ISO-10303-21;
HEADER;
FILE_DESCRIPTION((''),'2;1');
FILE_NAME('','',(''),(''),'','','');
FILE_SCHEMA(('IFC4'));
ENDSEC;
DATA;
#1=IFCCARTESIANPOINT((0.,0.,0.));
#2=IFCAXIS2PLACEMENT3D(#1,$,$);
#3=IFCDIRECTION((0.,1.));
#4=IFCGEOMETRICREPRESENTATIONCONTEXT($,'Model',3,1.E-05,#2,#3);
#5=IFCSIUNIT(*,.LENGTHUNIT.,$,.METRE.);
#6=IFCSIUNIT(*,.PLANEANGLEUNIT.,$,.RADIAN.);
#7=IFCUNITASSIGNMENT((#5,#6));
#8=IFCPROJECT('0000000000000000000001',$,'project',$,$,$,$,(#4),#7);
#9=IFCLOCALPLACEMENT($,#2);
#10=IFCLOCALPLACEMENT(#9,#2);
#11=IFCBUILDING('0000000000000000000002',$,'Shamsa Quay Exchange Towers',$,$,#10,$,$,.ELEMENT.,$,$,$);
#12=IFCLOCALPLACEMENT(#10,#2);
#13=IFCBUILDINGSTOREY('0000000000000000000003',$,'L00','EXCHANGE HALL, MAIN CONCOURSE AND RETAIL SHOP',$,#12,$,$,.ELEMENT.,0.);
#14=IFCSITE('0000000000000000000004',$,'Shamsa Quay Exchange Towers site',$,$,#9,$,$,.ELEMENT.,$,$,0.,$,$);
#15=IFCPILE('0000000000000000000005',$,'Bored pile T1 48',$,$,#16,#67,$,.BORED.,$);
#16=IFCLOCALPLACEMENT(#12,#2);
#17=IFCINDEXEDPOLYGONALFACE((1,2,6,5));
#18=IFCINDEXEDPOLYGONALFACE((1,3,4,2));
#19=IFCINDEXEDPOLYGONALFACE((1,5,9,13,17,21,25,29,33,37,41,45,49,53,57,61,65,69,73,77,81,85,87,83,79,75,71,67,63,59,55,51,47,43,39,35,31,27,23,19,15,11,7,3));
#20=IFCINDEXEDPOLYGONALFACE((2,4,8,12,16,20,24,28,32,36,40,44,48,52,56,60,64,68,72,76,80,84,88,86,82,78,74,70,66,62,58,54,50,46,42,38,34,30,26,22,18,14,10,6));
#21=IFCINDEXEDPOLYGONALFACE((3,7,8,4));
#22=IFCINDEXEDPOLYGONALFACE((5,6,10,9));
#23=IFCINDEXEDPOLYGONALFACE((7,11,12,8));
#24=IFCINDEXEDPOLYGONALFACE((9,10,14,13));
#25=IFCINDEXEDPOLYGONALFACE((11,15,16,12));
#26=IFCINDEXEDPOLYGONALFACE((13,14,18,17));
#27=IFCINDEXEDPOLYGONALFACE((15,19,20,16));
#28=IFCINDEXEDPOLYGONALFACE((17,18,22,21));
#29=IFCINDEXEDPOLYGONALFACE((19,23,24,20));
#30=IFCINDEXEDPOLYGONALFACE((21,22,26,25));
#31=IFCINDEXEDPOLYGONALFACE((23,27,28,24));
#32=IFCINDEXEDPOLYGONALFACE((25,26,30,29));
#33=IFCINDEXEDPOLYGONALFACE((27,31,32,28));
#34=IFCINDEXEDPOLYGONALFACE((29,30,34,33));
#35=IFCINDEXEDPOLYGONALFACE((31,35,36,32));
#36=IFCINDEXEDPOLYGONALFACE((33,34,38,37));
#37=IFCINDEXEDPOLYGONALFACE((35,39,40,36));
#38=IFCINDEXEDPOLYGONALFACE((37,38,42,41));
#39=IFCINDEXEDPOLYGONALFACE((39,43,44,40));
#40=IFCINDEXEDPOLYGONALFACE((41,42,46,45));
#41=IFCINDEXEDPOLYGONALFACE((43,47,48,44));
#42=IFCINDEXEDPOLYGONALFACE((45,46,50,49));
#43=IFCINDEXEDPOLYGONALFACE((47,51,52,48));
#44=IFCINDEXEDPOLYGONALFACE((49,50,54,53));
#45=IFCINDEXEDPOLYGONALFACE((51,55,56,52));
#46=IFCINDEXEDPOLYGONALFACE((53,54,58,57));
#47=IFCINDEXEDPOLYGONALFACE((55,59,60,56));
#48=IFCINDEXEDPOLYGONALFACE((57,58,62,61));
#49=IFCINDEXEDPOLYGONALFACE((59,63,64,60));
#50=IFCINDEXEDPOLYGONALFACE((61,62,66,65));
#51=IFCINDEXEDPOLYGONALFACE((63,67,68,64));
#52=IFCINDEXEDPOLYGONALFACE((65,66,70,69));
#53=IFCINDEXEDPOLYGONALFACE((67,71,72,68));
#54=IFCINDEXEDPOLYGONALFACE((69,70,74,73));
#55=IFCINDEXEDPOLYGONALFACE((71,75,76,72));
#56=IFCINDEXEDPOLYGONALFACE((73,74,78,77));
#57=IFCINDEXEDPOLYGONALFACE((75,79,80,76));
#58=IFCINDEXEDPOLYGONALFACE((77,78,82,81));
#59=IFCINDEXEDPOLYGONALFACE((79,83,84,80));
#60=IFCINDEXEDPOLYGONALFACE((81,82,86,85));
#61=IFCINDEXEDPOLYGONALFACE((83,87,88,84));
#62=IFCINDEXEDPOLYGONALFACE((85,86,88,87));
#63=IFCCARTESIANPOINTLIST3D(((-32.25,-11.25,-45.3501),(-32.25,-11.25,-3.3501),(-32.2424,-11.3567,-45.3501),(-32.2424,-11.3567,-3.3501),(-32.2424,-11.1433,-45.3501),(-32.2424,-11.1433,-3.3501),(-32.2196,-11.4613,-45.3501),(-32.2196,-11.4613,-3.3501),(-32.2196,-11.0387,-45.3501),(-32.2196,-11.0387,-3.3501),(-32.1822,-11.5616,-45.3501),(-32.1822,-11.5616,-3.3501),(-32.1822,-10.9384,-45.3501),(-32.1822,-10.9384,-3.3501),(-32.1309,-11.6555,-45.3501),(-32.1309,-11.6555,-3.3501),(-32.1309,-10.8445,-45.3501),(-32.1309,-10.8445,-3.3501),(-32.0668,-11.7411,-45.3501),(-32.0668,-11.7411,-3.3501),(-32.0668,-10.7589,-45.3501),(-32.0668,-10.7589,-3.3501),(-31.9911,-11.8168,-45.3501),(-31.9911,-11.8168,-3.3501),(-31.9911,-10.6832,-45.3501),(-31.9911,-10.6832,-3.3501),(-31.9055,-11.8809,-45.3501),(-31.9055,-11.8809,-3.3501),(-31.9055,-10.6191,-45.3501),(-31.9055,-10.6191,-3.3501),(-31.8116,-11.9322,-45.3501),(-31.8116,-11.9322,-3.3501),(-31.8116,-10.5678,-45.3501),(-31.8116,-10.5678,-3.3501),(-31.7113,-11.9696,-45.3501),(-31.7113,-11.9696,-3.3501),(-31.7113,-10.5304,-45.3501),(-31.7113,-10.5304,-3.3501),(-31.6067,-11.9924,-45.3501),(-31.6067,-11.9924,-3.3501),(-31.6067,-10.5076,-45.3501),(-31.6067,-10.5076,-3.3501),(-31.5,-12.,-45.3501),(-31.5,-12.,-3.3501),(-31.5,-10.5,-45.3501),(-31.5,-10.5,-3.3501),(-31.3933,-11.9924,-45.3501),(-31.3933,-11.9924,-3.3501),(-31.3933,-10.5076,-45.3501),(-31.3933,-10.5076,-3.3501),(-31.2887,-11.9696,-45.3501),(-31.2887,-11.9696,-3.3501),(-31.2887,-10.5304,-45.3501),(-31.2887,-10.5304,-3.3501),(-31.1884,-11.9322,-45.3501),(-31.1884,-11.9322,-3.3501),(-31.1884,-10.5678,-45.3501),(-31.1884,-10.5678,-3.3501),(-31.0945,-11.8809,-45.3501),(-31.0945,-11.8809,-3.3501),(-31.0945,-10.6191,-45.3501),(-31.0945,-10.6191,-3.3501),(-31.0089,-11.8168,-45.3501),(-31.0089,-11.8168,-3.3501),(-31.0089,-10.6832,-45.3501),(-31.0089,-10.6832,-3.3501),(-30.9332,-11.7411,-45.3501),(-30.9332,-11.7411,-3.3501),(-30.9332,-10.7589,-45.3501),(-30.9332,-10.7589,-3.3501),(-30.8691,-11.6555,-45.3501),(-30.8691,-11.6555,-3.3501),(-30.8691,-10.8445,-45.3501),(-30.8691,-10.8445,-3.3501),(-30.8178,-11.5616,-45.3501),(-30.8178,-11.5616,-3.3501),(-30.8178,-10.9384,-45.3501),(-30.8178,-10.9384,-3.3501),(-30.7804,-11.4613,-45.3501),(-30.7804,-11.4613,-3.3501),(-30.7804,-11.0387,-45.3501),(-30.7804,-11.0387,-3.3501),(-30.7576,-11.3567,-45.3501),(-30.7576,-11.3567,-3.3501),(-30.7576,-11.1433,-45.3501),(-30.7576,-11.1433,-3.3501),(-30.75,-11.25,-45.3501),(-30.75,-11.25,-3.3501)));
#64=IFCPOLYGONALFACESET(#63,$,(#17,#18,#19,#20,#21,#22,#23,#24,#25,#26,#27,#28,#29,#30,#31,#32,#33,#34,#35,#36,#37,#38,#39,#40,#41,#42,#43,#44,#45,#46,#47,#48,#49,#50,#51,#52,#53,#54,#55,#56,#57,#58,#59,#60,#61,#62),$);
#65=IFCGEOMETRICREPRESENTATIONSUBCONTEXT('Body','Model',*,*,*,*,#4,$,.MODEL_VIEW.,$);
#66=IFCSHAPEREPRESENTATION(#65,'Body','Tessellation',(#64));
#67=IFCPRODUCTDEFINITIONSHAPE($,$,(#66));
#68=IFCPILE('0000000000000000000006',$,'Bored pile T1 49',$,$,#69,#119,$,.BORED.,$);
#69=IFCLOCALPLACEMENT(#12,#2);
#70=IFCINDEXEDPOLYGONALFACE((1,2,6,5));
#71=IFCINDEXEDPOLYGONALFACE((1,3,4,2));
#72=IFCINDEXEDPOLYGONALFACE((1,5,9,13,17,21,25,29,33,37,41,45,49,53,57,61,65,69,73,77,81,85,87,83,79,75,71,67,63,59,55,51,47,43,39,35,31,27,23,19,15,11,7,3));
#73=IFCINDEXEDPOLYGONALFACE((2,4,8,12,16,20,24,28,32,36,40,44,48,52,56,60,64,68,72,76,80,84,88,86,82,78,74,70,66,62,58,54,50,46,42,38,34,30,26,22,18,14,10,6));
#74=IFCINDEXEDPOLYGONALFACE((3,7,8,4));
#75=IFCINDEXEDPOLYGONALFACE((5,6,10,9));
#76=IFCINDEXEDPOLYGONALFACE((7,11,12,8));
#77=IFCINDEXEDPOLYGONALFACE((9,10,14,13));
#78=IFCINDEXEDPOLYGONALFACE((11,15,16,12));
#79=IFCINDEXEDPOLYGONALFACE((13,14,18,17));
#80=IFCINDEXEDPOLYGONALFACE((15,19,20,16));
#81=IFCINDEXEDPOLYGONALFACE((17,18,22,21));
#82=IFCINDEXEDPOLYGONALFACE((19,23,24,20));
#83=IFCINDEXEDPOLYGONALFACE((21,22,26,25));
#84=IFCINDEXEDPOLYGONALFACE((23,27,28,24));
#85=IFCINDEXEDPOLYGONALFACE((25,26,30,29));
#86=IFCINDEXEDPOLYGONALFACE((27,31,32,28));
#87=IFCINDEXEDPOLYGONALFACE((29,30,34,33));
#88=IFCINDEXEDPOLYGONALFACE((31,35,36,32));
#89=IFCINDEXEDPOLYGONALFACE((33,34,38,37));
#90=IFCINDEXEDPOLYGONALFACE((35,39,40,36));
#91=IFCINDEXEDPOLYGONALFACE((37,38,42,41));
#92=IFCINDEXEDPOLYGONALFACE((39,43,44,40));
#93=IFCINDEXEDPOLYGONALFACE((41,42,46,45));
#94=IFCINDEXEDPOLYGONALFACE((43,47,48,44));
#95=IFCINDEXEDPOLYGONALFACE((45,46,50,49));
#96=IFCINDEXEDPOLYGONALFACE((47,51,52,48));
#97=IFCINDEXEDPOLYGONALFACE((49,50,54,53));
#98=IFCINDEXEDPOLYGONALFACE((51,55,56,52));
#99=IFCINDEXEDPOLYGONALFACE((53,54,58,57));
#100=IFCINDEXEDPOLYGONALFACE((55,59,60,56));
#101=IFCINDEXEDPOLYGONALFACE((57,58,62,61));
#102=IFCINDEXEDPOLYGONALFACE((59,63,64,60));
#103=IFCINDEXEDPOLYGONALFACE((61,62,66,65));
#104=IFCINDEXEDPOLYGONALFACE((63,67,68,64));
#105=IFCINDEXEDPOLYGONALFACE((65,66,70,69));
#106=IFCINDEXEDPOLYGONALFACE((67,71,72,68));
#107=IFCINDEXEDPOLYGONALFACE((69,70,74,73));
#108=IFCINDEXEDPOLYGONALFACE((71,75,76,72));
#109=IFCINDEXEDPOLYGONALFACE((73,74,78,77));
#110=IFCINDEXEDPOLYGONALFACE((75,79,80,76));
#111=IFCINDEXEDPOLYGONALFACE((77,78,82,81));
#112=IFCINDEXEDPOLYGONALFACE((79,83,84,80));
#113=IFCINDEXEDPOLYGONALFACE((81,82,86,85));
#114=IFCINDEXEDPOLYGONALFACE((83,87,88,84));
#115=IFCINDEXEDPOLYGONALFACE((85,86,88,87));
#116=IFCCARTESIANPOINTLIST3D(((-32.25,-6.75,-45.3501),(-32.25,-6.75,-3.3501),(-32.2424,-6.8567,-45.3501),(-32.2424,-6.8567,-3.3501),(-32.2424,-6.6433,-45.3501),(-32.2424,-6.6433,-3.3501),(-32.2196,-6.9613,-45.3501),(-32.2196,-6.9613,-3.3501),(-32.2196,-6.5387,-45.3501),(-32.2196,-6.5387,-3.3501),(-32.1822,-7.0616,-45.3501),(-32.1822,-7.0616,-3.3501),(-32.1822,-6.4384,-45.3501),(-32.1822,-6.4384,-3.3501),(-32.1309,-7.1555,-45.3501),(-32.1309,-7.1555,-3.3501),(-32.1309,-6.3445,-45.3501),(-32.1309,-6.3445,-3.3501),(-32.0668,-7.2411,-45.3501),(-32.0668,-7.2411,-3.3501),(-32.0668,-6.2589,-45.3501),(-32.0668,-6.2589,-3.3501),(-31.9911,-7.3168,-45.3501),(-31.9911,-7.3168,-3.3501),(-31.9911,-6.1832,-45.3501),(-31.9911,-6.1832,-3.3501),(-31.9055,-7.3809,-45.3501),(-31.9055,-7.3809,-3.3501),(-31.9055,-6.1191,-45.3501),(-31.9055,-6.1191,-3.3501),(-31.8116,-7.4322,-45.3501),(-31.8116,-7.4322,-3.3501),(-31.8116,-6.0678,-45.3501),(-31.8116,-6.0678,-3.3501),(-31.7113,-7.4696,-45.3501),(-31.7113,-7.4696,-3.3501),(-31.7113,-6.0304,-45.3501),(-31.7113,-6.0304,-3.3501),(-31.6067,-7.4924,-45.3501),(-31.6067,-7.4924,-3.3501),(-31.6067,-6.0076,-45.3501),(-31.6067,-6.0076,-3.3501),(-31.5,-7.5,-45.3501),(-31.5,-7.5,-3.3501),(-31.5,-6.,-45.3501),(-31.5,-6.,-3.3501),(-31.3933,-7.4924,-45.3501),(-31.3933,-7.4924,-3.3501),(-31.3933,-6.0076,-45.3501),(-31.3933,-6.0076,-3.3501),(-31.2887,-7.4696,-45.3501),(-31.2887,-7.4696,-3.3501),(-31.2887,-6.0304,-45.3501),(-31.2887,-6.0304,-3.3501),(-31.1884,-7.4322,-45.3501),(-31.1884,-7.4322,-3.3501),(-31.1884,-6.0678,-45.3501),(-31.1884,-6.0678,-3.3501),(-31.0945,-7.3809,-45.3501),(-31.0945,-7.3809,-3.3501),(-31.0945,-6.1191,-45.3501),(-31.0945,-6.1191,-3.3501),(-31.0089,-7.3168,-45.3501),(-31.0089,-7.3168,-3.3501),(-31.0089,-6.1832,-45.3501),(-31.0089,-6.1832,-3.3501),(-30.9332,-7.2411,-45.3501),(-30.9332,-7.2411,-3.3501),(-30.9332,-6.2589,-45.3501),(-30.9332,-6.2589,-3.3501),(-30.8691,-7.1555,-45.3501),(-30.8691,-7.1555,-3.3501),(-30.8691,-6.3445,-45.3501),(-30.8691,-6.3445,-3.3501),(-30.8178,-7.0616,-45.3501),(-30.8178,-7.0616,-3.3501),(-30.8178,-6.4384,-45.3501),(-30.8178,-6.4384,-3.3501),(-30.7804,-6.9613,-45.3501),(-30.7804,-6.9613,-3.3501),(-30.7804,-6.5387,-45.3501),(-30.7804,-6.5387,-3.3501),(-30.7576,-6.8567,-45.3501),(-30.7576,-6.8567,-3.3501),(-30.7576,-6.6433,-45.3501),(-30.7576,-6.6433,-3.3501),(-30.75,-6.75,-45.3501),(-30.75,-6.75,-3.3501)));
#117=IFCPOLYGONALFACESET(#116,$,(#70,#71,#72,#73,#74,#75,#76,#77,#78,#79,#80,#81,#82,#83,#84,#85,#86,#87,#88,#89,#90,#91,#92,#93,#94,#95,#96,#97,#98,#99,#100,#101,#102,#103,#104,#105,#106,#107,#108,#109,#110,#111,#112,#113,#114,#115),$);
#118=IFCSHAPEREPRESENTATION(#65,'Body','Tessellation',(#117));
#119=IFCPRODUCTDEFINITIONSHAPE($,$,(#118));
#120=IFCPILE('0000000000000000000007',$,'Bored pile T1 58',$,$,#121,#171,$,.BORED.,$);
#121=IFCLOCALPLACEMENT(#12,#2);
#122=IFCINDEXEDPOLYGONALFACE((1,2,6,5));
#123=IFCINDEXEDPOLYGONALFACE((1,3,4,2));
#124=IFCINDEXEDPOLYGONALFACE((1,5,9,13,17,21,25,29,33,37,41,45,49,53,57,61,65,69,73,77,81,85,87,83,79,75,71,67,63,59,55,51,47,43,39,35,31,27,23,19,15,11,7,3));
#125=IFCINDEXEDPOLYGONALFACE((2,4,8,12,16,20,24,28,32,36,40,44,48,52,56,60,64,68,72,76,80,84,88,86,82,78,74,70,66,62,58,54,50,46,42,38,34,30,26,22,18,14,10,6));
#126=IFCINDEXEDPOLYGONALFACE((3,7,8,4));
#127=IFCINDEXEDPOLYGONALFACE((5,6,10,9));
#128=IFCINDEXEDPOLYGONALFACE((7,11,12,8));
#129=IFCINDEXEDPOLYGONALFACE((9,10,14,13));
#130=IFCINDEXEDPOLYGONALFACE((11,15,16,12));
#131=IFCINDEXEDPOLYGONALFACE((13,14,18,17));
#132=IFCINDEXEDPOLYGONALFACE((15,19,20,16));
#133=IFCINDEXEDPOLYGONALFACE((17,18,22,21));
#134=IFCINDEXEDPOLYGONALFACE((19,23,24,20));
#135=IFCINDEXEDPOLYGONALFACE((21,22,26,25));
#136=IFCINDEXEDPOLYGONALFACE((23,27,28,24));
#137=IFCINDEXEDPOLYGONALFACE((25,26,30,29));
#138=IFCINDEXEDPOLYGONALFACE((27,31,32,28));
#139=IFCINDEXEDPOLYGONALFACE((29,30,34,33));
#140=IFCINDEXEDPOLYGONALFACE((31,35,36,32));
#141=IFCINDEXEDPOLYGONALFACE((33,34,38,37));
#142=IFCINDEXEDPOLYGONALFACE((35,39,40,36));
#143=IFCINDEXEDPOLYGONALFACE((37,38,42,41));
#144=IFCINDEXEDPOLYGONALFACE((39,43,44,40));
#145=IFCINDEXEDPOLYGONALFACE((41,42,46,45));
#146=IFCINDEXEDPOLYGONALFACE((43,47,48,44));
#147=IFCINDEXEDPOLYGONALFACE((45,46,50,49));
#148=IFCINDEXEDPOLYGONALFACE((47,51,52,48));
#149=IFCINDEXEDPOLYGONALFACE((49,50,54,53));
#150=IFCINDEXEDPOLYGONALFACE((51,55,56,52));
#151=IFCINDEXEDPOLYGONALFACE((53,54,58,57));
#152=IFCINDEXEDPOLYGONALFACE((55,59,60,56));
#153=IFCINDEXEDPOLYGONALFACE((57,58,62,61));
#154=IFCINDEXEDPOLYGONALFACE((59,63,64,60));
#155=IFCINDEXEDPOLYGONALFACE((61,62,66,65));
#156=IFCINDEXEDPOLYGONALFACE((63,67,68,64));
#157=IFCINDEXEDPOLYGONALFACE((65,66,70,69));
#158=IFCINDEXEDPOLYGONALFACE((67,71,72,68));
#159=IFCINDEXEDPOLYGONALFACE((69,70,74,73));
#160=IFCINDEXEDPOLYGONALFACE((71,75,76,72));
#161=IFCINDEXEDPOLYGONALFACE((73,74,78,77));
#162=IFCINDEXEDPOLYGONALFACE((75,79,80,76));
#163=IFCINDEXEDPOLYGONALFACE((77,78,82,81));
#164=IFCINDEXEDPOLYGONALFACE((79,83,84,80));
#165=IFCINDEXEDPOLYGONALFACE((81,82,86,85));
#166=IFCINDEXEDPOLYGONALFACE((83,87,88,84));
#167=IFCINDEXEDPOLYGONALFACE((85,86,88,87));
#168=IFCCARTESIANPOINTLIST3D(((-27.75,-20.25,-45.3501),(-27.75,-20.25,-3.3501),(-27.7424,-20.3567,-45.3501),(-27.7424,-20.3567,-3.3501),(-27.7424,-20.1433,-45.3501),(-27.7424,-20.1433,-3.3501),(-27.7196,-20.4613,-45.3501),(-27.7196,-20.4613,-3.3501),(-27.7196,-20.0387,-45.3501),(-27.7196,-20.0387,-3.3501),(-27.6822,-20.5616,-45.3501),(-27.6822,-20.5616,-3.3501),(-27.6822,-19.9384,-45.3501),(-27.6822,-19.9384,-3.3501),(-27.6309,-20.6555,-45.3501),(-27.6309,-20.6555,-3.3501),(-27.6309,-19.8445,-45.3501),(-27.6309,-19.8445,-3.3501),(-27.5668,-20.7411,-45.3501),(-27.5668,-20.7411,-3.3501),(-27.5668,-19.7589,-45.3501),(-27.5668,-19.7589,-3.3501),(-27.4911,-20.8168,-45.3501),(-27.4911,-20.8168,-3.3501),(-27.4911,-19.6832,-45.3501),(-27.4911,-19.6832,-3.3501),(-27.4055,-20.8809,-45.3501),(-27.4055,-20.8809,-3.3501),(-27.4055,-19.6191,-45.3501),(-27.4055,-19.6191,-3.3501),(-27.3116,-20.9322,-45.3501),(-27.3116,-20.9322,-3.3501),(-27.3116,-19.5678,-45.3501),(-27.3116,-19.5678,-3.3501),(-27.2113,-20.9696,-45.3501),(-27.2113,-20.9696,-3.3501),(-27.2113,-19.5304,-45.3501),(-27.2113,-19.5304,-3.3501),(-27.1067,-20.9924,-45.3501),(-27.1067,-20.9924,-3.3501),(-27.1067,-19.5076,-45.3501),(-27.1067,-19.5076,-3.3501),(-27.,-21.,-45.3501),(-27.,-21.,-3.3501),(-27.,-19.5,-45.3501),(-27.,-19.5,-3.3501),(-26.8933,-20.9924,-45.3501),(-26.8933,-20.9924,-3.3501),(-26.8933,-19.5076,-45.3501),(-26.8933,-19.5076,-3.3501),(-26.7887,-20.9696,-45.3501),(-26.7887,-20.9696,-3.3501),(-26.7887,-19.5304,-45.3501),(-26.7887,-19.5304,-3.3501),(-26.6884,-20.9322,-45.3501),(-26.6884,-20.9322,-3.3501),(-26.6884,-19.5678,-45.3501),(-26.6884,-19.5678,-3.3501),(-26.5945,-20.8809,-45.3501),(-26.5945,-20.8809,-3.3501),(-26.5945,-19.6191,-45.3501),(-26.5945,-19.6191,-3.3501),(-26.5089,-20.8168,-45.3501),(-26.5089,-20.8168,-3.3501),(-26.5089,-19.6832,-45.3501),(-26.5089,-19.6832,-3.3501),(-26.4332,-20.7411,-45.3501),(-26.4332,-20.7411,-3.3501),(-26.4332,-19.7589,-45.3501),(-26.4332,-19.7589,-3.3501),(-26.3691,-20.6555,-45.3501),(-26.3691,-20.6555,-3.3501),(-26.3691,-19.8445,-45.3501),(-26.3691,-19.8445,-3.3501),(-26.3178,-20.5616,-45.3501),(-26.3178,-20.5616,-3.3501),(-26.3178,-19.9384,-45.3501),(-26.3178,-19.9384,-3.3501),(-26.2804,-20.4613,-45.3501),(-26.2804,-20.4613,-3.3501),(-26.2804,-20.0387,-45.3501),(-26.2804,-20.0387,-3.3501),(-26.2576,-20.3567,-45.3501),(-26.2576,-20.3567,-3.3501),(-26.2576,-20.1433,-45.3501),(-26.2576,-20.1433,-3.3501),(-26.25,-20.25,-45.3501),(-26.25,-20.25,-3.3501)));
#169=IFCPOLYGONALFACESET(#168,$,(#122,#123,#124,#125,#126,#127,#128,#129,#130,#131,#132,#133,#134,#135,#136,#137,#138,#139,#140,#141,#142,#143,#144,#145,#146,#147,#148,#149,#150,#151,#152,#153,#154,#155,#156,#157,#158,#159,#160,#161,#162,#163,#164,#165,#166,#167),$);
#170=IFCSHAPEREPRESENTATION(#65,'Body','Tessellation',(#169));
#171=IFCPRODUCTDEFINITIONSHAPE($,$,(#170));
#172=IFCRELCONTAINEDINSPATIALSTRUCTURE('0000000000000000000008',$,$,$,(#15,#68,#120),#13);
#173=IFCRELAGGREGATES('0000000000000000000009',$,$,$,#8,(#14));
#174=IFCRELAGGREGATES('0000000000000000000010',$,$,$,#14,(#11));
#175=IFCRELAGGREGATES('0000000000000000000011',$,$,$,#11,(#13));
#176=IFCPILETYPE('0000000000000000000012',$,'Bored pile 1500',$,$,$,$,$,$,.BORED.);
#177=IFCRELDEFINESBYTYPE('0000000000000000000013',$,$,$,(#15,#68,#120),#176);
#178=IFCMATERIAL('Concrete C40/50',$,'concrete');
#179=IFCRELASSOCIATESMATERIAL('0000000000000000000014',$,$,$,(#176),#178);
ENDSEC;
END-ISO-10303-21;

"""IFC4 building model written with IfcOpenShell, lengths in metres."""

from ifc_helpers import new_model, si_unit, direction, frame, origin, origin_2d, place, context, subcontext, project, spatial, circle, extrude, material, material_profile, profile_set, type_object, element, save


model = new_model("IFC4")

# Units and contexts
model_context = context("Model", 3, precision=1e-05, world=origin(), true_north=direction((0.0, 1.0)))
body_context = subcontext(model_context, "Body", "Model", "MODEL_VIEW")
ifc_project = project(units=[si_unit("LENGTHUNIT", "METRE"), si_unit("PLANEANGLEUNIT", "RADIAN")], contexts=[model_context])

# Site, building, storey
site_placement = place(None, origin())
site = spatial("IfcSite", under=ifc_project, at=site_placement, Name="Shamsa Quay Exchange Towers site", CompositionType="ELEMENT", RefElevation=0.0)
building_placement = place(site_placement, origin())
building = spatial("IfcBuilding", under=site, at=building_placement, Name="Shamsa Quay Exchange Towers", CompositionType="ELEMENT")
storey_placement = place(building_placement, origin())
storey = spatial("IfcBuildingStorey", under=building, at=storey_placement, Name="L00", Description="EXCHANGE HALL, MAIN CONCOURSE AND RETAIL SHOP", CompositionType="ELEMENT", Elevation=0.0)

# Piles
ifc_material_1 = material(Name="Concrete C40/50", Category="concrete")
ifc_material_profile_1 = material_profile(ifc_material_1, circle(Radius=0.75, at=origin_2d()), Name="BP1500")
ifc_profile_set_1 = profile_set([ifc_material_profile_1], Name="Concrete C40/50")
pile_type_1 = type_object("IfcPileType", Name="Bored pile 1500", PredefinedType="BORED", material=ifc_profile_set_1)
for number, where, z_axis, x_axis, name in (
    (1, (-31.5, -11.25, -3.3501), (0.0, 0.0, -1.0), (1.0, 0.0, 0.0), "Bored pile T1 48"),
    (2, (-31.5, -6.75, -3.3501), (0.0, 0.0, -1.0), (1.0, 0.0, 0.0), "Bored pile T1 49"),
    (3, (-27.0, -20.25, -3.3501), (0.0, 0.0, -1.0), (1.0, 0.0, 0.0), "Bored pile T1 58"),
):
    element("IfcPile", number, at=place(storey_placement, frame(where, z_axis=z_axis, x_axis=x_axis)), inside=storey, type_object=pile_type_1, Name=name, PredefinedType="BORED", context=body_context, shape_type="SweptSolid", body=[
        extrude(circle(Radius=0.75, at=origin_2d()), origin(), (0.0, 0.0, 1.0), 42.0),
    ])

save(model, "model.ifc")
